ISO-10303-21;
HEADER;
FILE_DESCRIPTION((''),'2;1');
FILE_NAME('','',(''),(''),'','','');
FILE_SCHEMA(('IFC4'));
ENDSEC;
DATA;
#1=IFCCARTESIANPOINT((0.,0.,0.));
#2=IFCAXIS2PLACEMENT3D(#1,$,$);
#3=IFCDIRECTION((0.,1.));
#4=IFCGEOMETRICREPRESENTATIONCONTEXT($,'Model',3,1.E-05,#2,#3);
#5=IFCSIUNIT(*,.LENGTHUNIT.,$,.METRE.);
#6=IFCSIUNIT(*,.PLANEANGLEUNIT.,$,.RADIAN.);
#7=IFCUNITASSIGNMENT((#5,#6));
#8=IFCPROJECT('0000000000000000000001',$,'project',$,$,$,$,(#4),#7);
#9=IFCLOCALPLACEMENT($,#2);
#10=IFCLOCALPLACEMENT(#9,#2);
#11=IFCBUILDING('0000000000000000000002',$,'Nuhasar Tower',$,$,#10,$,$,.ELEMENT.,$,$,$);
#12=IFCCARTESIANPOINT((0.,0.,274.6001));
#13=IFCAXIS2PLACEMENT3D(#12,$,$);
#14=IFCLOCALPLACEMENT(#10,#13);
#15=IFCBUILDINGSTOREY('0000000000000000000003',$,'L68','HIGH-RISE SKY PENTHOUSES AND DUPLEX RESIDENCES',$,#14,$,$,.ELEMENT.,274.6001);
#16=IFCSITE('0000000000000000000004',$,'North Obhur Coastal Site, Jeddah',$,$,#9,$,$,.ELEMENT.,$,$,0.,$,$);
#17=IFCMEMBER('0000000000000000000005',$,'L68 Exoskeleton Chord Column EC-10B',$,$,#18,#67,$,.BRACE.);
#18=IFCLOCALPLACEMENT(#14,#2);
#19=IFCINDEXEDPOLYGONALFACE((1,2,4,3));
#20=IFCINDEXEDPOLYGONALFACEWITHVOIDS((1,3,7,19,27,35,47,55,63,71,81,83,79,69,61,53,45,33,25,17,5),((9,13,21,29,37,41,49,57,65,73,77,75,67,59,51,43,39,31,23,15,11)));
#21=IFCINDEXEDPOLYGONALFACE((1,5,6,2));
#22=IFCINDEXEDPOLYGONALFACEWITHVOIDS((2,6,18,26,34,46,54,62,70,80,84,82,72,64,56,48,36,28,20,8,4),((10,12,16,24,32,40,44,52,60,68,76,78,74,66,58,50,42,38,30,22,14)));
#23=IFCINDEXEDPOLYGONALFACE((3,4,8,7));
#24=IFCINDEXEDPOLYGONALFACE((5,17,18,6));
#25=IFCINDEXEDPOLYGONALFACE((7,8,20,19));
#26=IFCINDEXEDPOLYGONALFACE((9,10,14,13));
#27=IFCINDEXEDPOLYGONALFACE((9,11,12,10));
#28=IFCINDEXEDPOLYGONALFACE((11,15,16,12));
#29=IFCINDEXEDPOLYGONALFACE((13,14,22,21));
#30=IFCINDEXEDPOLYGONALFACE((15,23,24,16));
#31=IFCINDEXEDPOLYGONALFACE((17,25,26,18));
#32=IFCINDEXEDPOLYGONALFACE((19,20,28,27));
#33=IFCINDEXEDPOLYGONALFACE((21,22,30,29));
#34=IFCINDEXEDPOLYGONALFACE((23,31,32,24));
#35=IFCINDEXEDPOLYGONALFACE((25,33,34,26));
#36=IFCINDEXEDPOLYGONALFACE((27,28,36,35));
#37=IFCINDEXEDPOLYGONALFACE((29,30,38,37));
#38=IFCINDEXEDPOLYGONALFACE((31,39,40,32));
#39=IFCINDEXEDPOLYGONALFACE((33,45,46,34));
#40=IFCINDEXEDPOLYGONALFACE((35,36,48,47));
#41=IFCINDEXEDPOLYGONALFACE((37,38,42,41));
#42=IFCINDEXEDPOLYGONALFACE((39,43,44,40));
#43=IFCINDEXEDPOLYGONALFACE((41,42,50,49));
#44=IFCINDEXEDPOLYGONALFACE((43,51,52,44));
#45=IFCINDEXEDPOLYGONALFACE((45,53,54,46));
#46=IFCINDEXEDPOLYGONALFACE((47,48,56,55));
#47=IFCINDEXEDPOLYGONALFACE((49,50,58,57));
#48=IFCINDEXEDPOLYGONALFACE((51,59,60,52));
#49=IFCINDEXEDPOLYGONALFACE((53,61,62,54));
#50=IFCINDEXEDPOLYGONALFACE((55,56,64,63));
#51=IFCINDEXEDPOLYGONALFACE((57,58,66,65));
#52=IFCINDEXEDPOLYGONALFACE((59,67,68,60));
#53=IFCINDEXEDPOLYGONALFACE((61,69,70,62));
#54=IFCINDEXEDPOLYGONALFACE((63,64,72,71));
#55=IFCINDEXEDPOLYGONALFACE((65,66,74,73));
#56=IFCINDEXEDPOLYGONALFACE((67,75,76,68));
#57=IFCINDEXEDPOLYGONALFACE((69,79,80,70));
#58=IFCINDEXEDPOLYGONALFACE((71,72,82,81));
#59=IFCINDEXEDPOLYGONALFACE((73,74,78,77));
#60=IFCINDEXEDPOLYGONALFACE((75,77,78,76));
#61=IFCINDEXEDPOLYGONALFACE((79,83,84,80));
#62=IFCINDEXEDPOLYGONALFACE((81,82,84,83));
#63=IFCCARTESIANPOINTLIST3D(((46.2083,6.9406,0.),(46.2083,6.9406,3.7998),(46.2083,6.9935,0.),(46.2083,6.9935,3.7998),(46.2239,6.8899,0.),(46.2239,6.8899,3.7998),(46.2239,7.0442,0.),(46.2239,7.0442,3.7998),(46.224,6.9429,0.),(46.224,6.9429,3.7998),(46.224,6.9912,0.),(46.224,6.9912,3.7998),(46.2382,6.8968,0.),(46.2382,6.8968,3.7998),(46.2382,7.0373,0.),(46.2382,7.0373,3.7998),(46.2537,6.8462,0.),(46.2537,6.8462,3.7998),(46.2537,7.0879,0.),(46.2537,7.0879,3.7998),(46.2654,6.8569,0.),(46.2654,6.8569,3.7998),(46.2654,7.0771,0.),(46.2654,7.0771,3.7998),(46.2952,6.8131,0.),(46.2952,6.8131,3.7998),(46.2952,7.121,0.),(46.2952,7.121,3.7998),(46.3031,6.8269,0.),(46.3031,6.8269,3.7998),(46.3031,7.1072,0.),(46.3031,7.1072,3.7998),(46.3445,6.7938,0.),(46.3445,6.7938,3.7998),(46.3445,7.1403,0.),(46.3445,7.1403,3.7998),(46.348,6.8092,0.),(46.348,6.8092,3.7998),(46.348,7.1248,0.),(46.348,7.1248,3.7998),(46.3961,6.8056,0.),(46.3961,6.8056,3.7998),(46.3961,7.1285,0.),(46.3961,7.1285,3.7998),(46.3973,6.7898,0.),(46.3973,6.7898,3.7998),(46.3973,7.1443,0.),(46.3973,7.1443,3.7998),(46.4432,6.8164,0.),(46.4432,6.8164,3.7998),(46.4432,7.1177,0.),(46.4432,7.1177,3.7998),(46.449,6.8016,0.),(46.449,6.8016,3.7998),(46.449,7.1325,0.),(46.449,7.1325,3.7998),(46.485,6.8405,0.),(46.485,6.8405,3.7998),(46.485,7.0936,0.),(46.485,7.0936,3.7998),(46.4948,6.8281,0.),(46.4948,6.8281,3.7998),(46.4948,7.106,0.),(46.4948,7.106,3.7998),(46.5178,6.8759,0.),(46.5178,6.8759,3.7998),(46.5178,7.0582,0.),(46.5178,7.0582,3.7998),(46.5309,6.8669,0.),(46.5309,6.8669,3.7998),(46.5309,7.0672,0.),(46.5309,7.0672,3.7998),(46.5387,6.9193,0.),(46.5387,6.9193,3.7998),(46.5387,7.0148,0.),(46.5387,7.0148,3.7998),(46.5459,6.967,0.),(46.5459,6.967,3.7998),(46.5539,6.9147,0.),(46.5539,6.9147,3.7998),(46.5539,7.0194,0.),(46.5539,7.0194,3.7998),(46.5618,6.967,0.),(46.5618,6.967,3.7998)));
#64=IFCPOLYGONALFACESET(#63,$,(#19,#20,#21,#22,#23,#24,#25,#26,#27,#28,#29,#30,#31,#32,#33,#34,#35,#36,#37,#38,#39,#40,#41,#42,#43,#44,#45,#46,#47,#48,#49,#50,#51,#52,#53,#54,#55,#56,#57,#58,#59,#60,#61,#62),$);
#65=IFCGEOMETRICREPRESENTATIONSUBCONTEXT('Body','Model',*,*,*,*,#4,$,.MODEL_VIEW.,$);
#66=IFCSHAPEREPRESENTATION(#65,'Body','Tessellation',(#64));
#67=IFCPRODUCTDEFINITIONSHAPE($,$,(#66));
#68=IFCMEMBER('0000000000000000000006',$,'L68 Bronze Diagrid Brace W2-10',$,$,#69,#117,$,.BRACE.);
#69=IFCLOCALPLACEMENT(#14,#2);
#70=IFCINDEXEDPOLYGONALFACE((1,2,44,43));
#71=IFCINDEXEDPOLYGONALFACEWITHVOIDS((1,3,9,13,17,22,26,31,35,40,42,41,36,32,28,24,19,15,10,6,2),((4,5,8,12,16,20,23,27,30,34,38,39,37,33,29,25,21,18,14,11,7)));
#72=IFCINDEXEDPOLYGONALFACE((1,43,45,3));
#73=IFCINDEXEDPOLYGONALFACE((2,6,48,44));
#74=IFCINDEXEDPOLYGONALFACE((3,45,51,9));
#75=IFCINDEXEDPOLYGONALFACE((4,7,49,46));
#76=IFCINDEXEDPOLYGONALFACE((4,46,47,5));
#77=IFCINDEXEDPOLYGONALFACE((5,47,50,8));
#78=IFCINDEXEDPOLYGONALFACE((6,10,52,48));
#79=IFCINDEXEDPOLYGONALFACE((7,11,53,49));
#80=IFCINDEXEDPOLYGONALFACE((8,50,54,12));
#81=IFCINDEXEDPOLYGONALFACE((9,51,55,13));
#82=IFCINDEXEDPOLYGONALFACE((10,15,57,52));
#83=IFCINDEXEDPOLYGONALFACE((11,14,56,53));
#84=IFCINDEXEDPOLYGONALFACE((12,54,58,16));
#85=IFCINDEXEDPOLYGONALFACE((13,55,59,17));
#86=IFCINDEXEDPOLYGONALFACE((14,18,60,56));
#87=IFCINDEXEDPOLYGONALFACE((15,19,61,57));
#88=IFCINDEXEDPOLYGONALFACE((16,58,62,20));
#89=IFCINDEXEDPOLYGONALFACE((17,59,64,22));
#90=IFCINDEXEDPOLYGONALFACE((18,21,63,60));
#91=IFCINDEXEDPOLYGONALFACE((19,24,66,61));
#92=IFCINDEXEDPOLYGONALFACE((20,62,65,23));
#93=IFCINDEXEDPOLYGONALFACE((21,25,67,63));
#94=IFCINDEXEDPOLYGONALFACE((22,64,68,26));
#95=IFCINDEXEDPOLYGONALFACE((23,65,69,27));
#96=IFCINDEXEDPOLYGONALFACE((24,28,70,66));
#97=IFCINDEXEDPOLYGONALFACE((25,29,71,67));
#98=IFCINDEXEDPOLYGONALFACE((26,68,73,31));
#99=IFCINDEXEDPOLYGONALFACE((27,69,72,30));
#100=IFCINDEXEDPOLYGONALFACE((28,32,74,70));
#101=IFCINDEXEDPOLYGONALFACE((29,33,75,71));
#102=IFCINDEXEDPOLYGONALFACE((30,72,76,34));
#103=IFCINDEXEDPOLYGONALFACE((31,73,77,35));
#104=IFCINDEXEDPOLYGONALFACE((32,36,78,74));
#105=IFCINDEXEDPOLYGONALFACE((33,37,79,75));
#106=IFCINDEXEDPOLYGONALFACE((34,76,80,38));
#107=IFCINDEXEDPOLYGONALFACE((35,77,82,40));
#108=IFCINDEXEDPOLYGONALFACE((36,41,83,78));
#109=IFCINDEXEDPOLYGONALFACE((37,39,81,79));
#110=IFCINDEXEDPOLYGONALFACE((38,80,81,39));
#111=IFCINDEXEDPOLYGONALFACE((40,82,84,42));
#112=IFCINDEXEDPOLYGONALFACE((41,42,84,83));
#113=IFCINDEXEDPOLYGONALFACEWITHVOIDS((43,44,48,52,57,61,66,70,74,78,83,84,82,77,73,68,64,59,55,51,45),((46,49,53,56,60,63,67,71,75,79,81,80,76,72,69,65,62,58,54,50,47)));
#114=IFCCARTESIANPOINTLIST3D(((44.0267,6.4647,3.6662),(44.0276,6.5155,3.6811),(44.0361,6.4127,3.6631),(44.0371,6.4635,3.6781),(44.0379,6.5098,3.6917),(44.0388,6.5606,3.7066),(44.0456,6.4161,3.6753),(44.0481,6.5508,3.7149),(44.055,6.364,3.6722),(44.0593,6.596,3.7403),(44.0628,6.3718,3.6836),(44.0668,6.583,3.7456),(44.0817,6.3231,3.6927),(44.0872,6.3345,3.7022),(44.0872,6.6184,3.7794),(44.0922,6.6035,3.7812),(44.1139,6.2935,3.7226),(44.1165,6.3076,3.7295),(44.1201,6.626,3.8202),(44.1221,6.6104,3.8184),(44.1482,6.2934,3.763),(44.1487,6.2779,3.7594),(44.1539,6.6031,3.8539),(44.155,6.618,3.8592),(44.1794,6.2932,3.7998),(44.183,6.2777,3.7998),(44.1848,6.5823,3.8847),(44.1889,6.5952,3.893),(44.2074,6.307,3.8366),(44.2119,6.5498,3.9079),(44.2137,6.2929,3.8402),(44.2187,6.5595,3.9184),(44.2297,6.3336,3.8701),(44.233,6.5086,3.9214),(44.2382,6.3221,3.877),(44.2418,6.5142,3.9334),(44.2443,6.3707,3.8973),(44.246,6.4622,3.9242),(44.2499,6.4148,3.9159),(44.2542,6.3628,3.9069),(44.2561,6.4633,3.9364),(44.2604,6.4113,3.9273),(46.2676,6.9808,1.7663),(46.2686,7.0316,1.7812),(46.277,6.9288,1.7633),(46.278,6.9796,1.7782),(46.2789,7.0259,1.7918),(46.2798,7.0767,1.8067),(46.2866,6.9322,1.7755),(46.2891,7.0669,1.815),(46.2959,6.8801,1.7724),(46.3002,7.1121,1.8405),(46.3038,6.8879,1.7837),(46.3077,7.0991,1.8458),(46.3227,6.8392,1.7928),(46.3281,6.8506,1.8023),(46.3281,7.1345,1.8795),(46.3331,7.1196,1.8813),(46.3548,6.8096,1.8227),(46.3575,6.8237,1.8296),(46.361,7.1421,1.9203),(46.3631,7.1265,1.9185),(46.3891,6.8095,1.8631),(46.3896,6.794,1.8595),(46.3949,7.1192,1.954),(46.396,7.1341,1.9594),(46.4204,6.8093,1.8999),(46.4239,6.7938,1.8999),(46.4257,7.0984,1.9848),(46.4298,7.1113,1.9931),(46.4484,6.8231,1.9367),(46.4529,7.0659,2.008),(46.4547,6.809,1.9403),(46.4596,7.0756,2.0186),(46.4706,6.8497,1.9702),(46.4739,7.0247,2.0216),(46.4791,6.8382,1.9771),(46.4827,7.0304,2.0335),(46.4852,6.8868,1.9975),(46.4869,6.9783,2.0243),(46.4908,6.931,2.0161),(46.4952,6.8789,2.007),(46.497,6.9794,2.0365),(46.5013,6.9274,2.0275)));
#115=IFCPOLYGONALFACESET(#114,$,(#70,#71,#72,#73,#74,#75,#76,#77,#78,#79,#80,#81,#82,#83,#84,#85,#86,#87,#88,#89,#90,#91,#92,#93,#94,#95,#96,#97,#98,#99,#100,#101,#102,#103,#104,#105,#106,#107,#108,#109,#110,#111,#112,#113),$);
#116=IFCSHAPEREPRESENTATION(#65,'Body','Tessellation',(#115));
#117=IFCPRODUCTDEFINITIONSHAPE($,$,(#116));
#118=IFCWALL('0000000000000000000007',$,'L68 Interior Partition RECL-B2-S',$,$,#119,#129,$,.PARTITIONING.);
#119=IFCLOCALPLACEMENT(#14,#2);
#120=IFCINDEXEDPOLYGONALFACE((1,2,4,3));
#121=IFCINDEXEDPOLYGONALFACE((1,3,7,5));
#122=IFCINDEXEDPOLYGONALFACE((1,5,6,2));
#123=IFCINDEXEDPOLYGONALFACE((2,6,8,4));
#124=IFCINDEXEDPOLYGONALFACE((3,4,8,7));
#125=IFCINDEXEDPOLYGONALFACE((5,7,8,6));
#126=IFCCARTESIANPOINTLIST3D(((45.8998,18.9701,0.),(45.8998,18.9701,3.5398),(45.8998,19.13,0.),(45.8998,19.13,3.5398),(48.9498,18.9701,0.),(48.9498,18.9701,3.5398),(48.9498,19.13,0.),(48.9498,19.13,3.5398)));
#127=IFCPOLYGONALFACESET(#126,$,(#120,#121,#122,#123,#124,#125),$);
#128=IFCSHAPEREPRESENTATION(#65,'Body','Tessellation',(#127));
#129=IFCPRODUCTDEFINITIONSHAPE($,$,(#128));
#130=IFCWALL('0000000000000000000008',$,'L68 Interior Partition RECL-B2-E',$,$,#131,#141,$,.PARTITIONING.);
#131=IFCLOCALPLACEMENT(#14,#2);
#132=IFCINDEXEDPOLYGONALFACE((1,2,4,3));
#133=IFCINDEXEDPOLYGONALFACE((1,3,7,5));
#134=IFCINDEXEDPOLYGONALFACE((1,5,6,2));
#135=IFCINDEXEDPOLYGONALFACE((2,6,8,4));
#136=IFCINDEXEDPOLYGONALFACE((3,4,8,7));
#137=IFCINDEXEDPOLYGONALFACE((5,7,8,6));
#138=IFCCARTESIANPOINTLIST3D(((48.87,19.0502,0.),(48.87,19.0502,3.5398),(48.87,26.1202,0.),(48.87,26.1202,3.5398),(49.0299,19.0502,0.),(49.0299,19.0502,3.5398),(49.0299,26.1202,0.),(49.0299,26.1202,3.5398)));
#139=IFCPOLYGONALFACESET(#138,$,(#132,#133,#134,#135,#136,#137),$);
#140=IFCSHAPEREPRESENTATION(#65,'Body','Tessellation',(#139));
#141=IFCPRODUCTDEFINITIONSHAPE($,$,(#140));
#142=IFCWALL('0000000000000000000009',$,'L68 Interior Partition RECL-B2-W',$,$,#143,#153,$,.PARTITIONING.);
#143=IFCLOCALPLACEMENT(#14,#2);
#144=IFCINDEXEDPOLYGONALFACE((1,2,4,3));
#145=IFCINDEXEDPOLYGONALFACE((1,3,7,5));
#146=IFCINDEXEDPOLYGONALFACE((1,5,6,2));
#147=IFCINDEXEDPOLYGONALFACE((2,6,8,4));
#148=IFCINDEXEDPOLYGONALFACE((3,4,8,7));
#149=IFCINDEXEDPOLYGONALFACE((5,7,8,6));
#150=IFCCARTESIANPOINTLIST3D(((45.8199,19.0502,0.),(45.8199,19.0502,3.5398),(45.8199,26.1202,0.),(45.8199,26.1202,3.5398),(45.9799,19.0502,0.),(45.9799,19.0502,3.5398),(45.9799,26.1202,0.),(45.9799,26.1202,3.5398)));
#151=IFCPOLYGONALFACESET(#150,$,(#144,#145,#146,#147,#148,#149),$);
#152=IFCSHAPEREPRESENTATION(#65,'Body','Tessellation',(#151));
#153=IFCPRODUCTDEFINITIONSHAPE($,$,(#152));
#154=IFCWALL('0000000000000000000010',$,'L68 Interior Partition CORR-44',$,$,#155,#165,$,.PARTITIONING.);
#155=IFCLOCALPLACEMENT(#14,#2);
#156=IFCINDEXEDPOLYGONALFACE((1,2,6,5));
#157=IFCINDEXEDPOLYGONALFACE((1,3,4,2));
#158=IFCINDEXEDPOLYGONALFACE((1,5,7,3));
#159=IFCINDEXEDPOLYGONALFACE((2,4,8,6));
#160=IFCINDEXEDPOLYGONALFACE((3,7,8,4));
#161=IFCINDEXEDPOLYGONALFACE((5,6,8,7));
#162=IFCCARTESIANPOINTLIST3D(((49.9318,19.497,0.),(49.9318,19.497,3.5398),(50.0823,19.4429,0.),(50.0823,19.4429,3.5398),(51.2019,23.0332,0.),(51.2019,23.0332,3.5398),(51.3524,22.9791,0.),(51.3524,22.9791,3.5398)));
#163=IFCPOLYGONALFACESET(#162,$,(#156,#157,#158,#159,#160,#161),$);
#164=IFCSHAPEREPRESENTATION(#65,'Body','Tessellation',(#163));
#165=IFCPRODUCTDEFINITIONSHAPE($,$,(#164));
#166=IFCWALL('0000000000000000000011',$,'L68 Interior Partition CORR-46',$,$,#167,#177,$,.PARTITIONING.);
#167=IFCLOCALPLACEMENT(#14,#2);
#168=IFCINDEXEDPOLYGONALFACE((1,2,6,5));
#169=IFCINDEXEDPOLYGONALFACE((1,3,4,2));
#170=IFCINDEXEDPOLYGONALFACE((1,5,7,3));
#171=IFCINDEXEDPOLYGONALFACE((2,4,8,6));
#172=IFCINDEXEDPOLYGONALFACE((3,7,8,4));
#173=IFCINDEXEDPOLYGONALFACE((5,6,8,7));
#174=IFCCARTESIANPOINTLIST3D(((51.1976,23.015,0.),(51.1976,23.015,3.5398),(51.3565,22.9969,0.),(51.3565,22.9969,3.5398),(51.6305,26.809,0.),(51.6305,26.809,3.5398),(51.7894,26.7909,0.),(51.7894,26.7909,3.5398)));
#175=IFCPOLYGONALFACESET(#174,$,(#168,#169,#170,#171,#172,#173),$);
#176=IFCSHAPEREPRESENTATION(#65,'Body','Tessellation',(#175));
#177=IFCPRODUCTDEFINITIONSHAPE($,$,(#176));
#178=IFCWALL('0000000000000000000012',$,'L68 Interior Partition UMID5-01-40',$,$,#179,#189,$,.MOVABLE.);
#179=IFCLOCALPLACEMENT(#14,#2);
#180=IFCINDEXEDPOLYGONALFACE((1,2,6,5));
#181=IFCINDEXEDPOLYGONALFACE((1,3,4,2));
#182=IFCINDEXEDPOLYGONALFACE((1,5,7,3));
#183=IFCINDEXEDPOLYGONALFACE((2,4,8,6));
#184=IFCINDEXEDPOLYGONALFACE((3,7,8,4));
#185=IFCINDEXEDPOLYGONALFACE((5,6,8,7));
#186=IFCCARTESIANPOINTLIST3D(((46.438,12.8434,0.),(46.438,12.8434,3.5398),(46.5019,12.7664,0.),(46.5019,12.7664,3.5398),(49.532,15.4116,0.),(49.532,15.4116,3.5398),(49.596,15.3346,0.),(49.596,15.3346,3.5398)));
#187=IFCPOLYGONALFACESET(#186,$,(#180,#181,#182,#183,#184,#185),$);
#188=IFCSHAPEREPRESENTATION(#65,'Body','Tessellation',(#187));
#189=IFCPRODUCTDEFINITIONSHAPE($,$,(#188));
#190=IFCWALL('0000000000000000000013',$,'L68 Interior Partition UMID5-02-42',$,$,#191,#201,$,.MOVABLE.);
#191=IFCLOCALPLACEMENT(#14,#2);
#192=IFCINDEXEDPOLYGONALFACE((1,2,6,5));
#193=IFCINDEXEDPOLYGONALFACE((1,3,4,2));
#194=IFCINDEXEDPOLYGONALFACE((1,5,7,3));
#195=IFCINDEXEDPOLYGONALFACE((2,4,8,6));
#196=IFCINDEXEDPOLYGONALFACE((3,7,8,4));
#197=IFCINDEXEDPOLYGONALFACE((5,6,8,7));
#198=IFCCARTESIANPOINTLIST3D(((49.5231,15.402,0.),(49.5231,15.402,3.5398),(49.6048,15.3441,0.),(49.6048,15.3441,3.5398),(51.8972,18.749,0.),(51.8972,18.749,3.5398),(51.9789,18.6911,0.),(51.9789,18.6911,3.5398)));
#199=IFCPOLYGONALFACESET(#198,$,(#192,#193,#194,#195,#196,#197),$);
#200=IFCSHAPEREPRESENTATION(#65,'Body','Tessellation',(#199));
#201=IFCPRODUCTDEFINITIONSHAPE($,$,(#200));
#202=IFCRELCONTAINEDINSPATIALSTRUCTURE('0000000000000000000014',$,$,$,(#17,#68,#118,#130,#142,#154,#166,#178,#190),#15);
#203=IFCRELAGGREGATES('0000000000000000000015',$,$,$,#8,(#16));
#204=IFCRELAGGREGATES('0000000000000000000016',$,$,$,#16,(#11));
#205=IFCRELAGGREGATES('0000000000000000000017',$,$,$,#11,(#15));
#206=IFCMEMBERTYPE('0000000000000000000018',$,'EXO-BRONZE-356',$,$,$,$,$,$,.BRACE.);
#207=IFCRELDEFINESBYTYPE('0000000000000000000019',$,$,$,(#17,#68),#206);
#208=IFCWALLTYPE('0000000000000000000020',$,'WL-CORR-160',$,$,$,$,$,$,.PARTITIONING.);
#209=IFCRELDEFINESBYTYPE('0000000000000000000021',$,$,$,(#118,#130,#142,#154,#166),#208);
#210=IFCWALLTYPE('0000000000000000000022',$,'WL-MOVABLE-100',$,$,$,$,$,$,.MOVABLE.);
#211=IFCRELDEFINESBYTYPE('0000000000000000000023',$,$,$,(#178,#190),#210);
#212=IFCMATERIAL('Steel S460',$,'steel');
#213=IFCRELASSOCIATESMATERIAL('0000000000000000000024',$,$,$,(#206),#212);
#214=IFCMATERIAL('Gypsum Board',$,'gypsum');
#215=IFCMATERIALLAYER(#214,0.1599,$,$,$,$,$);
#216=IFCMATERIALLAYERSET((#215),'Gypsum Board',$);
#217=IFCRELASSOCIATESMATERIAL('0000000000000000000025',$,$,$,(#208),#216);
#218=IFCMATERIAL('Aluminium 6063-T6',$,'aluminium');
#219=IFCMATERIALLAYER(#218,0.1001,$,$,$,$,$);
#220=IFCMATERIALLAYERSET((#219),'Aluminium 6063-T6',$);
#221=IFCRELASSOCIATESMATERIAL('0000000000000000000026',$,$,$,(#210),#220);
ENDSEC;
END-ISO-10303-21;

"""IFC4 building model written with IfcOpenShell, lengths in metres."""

from ifc_helpers import new_model, si_unit, direction, frame, frame_2d, origin, origin_2d, place, context, subcontext, project, spatial, rectangle, hollow_circle, extrude, material, layer, layer_set, material_profile, profile_set, type_object, element, save


model = new_model("IFC4")

# Units and contexts
model_context = context("Model", 3, precision=1e-05, world=origin(), true_north=direction((0.0, 1.0)))
body_context = subcontext(model_context, "Body", "Model", "MODEL_VIEW")
ifc_project = project(units=[si_unit("LENGTHUNIT", "METRE"), si_unit("PLANEANGLEUNIT", "RADIAN")], contexts=[model_context])

# Site, building, storey
site_placement = place(None, origin())
site = spatial("IfcSite", under=ifc_project, at=site_placement, Name="North Obhur Coastal Site, Jeddah", CompositionType="ELEMENT", RefElevation=0.0)
building_placement = place(site_placement, origin())
building = spatial("IfcBuilding", under=site, at=building_placement, Name="Nuhasar Tower", CompositionType="ELEMENT")
storey_placement = place(building_placement, frame((0.0, 0.0, 274.6001)))
storey = spatial("IfcBuildingStorey", under=building, at=storey_placement, Name="L68", Description="HIGH-RISE SKY PENTHOUSES AND DUPLEX RESIDENCES", CompositionType="ELEMENT", Elevation=274.6001)

# Shared definitions
ifc_material_1 = material(Name="Aluminium 6063-T6", Category="aluminium")

# Members
ifc_material_2 = material(Name="Steel S460", Category="steel")
ifc_material_profile_1 = material_profile(ifc_material_2, hollow_circle(Radius=0.1777, WallThickness=0.0159, at=origin_2d()), Name="HSS355.6X15.9")
ifc_profile_set_1 = profile_set([ifc_material_profile_1], Name="Steel S460")
member_type_1 = type_object("IfcMemberType", Name="EXO-BRONZE-356", PredefinedType="BRACE", material=ifc_profile_set_1)
member_1_placement = place(storey_placement, frame((46.384, 6.967, 0.0), z_axis=(0.0, 0.0, 1.0), x_axis=(1.0, 0.0, 0.0)))
element("IfcMember", 1, at=member_1_placement, inside=storey, type_object=member_type_1, Name="L68 Exoskeleton Chord Column EC-10B", PredefinedType="BRACE", context=body_context, shape_type="SweptSolid", body=[
    extrude(hollow_circle(Radius=0.1777, WallThickness=0.0159, at=origin_2d()), origin(), (0.0, 0.0, 1.0), 3.7998),
])
member_2_placement = place(storey_placement, frame((46.384, 6.967, 1.8999), z_axis=(-0.751261, -0.173022, 0.636923), x_axis=(0.224433, -0.97449, 0.0)))
element("IfcMember", 2, at=member_2_placement, inside=storey, type_object=member_type_1, Name="L68 Bronze Diagrid Brace W2-10", PredefinedType="BRACE", context=body_context, shape_type="SweptSolid", body=[
    extrude(hollow_circle(Radius=0.1777, WallThickness=0.0159, at=origin_2d()), origin(), (0.0, 0.0, 1.0), 2.9829),
])

# Walls
ifc_material_3 = material(Name="Gypsum Board", Category="gypsum")
ifc_layer_1 = layer(ifc_material_3, 0.1599)
ifc_layer_set_1 = layer_set([ifc_layer_1], Name="Gypsum Board")
wall_type_1 = type_object("IfcWallType", Name="WL-CORR-160", PredefinedType="PARTITIONING", material=ifc_layer_set_1)
wall_1_placement = place(storey_placement, frame((45.8999, 19.05, 0.0), z_axis=(0.0, 0.0, 1.0), x_axis=(1.0, 0.0, 0.0)))
element("IfcWall", 3, at=wall_1_placement, inside=storey, type_object=wall_type_1, Name="L68 Interior Partition RECL-B2-S", PredefinedType="PARTITIONING", context=body_context, shape_type="SweptSolid", body=[
    extrude(rectangle(XDim=3.05, YDim=0.1599, at=frame_2d((1.5249, 0.0))), origin(), (0.0, 0.0, 1.0), 3.5398),
])
for number, where, z_axis, x_axis, name in (
    (4, (48.95, 19.05, 0.0), (0.0, 0.0, 1.0), (0.0, 1.0, 0.0), "L68 Interior Partition RECL-B2-E"),
    (5, (45.8999, 19.05, 0.0), (0.0, 0.0, 1.0), (0.0, 1.0, 0.0), "L68 Interior Partition RECL-B2-W"),
):
    element("IfcWall", number, at=place(storey_placement, frame(where, z_axis=z_axis, x_axis=x_axis)), inside=storey, type_object=wall_type_1, Name=name, PredefinedType="PARTITIONING", context=body_context, shape_type="SweptSolid", body=[
        extrude(rectangle(XDim=7.0701, YDim=0.1599, at=frame_2d((3.5352, 0.0))), origin(), (0.0, 0.0, 1.0), 3.5398),
    ])

# Walls
wall_2_placement = place(storey_placement, frame((50.0071, 19.47, 0.0), z_axis=(0.0, 0.0, 1.0), x_axis=(0.338015, 0.941141, 0.0)))
element("IfcWall", 6, at=wall_2_placement, inside=storey, type_object=wall_type_1, Name="L68 Interior Partition CORR-44", PredefinedType="PARTITIONING", context=body_context, shape_type="SweptSolid", body=[
    extrude(rectangle(XDim=3.7573, YDim=0.1599, at=frame_2d((1.8787, 0.0))), origin(), (0.0, 0.0, 1.0), 3.5398),
])
wall_3_placement = place(storey_placement, frame((51.2771, 23.0061, 0.0), z_axis=(0.0, 0.0, 1.0), x_axis=(0.113357, 0.993554, 0.0)))
element("IfcWall", 7, at=wall_3_placement, inside=storey, type_object=wall_type_1, Name="L68 Interior Partition CORR-46", PredefinedType="PARTITIONING", context=body_context, shape_type="SweptSolid", body=[
    extrude(rectangle(XDim=3.8186, YDim=0.1599, at=frame_2d((1.9092, 0.0))), origin(), (0.0, 0.0, 1.0), 3.5398),
])
ifc_layer_2 = layer(ifc_material_1, 0.1001)
ifc_layer_set_2 = layer_set([ifc_layer_2], Name="Aluminium 6063-T6")
wall_type_2 = type_object("IfcWallType", Name="WL-MOVABLE-100", PredefinedType="MOVABLE", material=ifc_layer_set_2)
wall_4_placement = place(storey_placement, frame((46.47, 12.8049, 0.0), z_axis=(0.0, 0.0, 1.0), x_axis=(0.769469, 0.638684, 0.0)))
element("IfcWall", 8, at=wall_4_placement, inside=storey, type_object=wall_type_2, Name="L68 Interior Partition UMID5-01-40", PredefinedType="MOVABLE", context=body_context, shape_type="SweptSolid", body=[
    extrude(rectangle(XDim=4.021, YDim=0.1001, at=frame_2d((2.0105, 0.0))), origin(), (0.0, 0.0, 1.0), 3.5398),
])
wall_5_placement = place(storey_placement, frame((49.564, 15.373, 0.0), z_axis=(0.0, 0.0, 1.0), x_axis=(0.57855, 0.815647, 0.0)))
element("IfcWall", 9, at=wall_5_placement, inside=storey, type_object=wall_type_2, Name="L68 Interior Partition UMID5-02-42", PredefinedType="MOVABLE", context=body_context, shape_type="SweptSolid", body=[
    extrude(rectangle(XDim=4.1035, YDim=0.1001, at=frame_2d((2.0518, 0.0))), origin(), (0.0, 0.0, 1.0), 3.5398),
])

save(model, "model.ifc")
